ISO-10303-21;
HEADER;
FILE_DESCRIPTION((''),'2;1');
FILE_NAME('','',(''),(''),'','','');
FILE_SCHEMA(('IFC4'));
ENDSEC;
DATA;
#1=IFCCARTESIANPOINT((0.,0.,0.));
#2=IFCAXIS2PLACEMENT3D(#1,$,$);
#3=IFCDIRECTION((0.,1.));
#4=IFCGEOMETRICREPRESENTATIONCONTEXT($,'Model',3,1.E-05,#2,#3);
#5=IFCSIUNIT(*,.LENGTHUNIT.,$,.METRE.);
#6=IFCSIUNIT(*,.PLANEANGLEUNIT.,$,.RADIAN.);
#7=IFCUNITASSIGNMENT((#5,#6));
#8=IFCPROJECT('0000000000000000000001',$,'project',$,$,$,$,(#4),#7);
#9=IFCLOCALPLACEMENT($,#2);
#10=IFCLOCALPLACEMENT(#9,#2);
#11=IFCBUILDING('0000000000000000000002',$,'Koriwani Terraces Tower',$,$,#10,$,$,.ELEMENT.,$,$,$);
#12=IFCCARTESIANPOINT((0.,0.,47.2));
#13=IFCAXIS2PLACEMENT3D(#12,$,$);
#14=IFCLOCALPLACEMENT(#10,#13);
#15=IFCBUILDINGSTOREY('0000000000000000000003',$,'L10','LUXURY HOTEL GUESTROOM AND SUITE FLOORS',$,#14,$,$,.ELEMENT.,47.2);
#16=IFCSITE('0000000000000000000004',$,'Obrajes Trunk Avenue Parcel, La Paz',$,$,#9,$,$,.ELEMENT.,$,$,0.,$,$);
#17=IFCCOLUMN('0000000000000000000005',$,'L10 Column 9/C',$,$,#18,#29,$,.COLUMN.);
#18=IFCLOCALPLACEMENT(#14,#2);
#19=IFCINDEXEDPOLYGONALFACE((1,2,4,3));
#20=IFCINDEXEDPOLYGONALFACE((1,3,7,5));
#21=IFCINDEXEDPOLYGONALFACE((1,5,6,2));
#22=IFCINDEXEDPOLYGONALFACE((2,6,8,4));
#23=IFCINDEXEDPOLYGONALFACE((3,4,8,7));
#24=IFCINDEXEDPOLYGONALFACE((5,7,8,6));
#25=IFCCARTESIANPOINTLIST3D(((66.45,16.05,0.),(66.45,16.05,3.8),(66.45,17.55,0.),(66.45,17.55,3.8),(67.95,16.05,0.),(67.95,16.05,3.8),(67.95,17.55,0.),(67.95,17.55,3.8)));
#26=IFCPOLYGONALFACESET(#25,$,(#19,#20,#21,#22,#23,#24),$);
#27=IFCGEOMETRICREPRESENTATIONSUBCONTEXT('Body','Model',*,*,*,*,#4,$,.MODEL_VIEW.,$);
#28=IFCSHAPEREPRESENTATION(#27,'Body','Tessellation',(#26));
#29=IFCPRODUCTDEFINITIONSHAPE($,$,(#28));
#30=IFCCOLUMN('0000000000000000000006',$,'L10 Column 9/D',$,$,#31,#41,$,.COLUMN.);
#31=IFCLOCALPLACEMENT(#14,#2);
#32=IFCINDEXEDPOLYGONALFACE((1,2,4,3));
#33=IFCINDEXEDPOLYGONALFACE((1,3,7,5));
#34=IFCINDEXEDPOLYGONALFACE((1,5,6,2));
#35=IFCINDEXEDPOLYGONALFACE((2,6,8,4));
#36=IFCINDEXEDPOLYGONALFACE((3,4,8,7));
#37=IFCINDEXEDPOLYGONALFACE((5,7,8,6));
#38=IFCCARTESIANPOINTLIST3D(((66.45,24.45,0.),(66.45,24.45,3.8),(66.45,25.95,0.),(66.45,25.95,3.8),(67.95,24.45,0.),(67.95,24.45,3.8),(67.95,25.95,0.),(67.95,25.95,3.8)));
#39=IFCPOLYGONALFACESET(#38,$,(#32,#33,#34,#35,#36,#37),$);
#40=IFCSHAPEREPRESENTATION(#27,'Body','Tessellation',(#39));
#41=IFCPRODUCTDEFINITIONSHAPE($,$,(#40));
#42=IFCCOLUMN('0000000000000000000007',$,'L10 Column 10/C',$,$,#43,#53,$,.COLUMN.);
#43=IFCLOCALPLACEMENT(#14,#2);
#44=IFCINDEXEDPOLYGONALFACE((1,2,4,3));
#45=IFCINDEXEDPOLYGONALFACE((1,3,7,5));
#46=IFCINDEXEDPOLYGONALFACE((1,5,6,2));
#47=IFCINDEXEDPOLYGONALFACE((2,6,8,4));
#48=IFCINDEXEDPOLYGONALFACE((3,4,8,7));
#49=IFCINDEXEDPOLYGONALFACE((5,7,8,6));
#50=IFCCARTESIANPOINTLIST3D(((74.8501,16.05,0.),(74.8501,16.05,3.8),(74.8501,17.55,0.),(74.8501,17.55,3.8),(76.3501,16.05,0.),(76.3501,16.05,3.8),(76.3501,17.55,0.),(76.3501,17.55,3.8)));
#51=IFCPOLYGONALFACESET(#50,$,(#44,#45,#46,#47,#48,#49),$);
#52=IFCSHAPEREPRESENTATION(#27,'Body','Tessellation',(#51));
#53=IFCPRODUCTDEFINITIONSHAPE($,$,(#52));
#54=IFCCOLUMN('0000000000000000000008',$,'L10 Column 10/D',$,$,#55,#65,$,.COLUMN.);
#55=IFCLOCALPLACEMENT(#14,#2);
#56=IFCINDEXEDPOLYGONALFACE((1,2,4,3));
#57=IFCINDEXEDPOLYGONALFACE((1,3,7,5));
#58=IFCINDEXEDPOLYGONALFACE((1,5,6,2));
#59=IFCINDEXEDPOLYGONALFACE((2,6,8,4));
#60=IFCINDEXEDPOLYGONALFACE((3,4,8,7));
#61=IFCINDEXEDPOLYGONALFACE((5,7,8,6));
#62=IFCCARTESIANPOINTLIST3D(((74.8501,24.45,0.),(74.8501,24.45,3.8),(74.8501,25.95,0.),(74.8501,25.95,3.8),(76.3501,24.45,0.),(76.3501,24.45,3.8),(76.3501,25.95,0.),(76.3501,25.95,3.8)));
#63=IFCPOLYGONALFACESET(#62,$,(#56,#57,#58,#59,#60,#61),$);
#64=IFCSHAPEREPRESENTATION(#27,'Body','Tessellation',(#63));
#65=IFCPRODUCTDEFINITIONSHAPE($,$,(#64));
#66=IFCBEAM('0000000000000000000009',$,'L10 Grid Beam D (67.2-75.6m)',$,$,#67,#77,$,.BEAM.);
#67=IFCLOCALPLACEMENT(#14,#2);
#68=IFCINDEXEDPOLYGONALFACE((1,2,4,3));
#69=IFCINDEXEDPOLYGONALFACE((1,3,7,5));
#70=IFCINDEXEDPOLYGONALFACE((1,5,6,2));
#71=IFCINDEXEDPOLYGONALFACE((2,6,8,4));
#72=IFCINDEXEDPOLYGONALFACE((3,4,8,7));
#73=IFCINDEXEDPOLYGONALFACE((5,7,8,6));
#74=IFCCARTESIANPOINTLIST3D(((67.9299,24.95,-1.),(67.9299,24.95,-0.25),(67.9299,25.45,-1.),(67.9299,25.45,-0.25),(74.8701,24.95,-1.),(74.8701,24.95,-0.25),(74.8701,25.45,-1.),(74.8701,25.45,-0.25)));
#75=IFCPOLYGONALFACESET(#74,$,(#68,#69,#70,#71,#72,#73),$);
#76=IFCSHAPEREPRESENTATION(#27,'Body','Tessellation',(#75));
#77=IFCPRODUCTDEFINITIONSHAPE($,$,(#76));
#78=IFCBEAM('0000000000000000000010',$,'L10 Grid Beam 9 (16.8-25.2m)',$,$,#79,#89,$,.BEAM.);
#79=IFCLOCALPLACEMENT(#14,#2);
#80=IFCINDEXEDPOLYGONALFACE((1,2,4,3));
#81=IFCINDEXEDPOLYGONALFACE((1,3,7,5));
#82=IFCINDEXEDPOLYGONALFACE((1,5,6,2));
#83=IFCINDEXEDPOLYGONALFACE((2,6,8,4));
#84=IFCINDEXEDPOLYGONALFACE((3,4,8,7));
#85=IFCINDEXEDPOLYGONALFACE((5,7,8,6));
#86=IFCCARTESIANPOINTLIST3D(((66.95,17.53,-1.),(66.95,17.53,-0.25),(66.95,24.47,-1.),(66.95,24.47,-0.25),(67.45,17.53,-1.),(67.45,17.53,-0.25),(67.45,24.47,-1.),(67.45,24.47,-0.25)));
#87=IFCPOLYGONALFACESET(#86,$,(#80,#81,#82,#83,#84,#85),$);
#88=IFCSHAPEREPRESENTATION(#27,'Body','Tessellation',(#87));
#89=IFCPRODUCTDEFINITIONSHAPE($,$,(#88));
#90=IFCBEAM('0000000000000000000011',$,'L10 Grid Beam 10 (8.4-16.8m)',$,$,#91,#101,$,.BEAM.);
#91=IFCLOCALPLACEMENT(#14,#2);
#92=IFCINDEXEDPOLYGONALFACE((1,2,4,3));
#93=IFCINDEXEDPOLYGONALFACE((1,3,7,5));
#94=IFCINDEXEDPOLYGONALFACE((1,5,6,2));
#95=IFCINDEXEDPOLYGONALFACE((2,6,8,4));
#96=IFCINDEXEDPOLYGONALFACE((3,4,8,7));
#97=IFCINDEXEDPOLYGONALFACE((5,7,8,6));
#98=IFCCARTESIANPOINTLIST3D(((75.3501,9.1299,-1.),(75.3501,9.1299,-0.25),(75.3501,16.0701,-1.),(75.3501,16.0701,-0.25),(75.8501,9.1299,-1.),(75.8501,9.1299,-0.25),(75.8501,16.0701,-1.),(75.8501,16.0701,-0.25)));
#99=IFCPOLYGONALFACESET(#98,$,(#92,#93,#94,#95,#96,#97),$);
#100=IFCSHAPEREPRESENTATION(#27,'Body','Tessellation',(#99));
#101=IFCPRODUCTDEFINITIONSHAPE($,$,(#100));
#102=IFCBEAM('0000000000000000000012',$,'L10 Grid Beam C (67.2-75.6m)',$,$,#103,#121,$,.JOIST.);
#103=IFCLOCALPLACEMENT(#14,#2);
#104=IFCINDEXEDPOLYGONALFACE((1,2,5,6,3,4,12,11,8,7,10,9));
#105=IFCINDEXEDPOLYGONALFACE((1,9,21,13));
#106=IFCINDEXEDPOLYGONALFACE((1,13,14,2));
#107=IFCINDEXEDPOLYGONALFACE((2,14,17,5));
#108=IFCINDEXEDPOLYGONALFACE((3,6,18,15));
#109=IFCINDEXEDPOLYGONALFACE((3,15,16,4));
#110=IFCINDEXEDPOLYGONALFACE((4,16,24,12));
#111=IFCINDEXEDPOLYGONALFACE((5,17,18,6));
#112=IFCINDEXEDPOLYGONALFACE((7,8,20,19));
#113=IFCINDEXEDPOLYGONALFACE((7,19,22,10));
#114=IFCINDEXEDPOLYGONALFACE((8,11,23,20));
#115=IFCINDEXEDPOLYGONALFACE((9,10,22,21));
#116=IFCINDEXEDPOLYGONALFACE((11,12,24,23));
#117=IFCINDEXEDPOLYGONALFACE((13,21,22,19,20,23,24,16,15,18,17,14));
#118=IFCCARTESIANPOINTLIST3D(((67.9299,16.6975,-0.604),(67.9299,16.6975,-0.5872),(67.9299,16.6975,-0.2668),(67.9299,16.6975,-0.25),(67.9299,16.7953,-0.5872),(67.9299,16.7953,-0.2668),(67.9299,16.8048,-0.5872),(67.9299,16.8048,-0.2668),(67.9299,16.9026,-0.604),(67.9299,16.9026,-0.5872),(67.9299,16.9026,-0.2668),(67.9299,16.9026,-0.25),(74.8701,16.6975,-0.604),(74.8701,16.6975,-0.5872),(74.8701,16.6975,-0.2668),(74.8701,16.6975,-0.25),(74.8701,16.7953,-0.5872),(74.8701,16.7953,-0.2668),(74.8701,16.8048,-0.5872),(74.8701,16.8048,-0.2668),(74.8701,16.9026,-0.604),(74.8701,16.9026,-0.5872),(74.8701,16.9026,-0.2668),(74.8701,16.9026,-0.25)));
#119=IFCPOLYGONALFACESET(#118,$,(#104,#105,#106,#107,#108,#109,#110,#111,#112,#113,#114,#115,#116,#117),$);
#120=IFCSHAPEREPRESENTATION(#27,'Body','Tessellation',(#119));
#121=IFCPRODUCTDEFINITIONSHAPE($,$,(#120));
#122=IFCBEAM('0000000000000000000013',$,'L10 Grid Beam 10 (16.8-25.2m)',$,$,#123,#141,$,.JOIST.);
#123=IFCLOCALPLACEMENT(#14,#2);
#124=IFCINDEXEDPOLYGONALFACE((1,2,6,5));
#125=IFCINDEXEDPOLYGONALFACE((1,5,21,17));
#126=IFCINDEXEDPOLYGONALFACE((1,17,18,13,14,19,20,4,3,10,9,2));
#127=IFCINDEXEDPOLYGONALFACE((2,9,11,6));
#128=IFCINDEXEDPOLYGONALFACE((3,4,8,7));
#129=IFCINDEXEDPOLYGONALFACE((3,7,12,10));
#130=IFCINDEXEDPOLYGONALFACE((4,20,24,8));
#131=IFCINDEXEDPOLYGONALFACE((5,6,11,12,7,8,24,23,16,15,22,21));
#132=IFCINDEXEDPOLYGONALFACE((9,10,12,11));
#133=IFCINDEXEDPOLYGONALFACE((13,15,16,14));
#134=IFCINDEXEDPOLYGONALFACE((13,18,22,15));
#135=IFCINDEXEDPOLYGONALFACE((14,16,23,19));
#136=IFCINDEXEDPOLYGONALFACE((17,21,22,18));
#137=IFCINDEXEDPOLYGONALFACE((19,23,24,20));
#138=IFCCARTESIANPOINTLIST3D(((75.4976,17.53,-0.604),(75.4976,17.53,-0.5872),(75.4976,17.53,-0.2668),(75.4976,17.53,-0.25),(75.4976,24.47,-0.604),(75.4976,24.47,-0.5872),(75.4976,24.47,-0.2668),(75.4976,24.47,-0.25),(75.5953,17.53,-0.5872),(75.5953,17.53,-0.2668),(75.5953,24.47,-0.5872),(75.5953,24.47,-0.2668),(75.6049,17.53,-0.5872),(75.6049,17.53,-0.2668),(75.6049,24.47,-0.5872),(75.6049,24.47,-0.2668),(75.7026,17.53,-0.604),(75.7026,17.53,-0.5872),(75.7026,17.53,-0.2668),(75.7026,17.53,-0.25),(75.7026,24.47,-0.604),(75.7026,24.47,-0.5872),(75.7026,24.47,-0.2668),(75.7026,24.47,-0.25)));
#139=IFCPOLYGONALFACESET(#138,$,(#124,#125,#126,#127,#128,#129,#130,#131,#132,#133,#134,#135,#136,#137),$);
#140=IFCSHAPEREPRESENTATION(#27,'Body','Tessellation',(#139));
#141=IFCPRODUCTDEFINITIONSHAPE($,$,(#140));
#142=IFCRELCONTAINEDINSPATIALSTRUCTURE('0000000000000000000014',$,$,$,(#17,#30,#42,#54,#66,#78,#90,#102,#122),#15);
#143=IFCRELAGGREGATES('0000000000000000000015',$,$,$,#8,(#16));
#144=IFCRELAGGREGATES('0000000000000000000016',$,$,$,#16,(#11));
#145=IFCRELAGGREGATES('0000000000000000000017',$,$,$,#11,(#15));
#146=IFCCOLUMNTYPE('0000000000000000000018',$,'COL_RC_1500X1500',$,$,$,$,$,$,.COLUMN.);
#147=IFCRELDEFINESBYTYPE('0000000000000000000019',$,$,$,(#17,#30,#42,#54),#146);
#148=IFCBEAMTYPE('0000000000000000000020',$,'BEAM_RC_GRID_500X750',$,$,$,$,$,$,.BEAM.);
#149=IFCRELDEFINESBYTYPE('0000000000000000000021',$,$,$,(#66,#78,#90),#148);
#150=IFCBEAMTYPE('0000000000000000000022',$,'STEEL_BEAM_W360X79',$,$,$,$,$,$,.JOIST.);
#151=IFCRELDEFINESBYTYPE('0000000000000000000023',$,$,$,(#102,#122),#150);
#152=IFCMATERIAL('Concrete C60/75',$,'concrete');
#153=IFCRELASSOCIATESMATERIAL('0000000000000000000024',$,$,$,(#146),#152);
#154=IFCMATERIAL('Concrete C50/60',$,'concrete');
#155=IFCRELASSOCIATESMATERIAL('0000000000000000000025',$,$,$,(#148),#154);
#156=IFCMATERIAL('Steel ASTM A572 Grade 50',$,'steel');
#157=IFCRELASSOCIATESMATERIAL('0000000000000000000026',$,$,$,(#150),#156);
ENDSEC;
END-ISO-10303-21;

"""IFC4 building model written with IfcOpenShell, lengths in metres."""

from ifc_helpers import new_model, si_unit, direction, frame, origin, origin_2d, place, context, subcontext, project, spatial, rectangle, i_section, extrude, material, material_profile, profile_set, type_object, element, save


model = new_model("IFC4")

# Units and contexts
model_context = context("Model", 3, precision=1e-05, world=origin(), true_north=direction((0.0, 1.0)))
body_context = subcontext(model_context, "Body", "Model", "MODEL_VIEW")
ifc_project = project(units=[si_unit("LENGTHUNIT", "METRE"), si_unit("PLANEANGLEUNIT", "RADIAN")], contexts=[model_context])

# Site, building, storey
site_placement = place(None, origin())
site = spatial("IfcSite", under=ifc_project, at=site_placement, Name="Obrajes Trunk Avenue Parcel, La Paz", CompositionType="ELEMENT", RefElevation=0.0)
building_placement = place(site_placement, origin())
building = spatial("IfcBuilding", under=site, at=building_placement, Name="Koriwani Terraces Tower", CompositionType="ELEMENT")
storey_placement = place(building_placement, frame((0.0, 0.0, 47.2)))
storey = spatial("IfcBuildingStorey", under=building, at=storey_placement, Name="L10", Description="LUXURY HOTEL GUESTROOM AND SUITE FLOORS", CompositionType="ELEMENT", Elevation=47.2)

# Columns
ifc_material_1 = material(Name="Concrete C60/75", Category="concrete")
ifc_material_profile_1 = material_profile(ifc_material_1, rectangle(XDim=1.5, YDim=1.5, at=origin_2d()), Name="Concrete C60/75", Category="LoadBearing")
ifc_profile_set_1 = profile_set([ifc_material_profile_1], Name="Concrete C60/75")
column_type = type_object("IfcColumnType", Name="COL_RC_1500X1500", PredefinedType="COLUMN", material=ifc_profile_set_1)
for number, where, z_axis, x_axis, name in (
    (1, (67.2, 16.8, 0.0), (0.0, 0.0, 1.0), (1.0, 0.0, 0.0), "L10 Column 9/C"),
    (2, (67.2, 25.2, 0.0), (0.0, 0.0, 1.0), (1.0, 0.0, 0.0), "L10 Column 9/D"),
    (3, (75.6001, 16.8, 0.0), (0.0, 0.0, 1.0), (1.0, 0.0, 0.0), "L10 Column 10/C"),
    (4, (75.6001, 25.2, 0.0), (0.0, 0.0, 1.0), (1.0, 0.0, 0.0), "L10 Column 10/D"),
):
    element("IfcColumn", number, at=place(storey_placement, frame(where, z_axis=z_axis, x_axis=x_axis)), inside=storey, type_object=column_type, Name=name, PredefinedType="COLUMN", context=body_context, shape_type="SweptSolid", body=[
        extrude(rectangle(XDim=1.5, YDim=1.5, at=origin_2d()), origin(), (0.0, 0.0, 1.0), 3.8),
    ])

# Beams
ifc_material_2 = material(Name="Concrete C50/60", Category="concrete")
ifc_material_profile_2 = material_profile(ifc_material_2, rectangle(XDim=0.5, YDim=0.75, at=origin_2d()), Name="Concrete C50/60", Category="LoadBearing")
ifc_profile_set_2 = profile_set([ifc_material_profile_2], Name="Concrete C50/60")
beam_type_1 = type_object("IfcBeamType", Name="BEAM_RC_GRID_500X750", PredefinedType="BEAM", material=ifc_profile_set_2)
beam_1_placement = place(storey_placement, frame((67.9299, 25.2, -0.625), z_axis=(1.0, 0.0, 0.0), x_axis=(0.0, 1.0, 0.0)))
element("IfcBeam", 5, at=beam_1_placement, inside=storey, type_object=beam_type_1, Name="L10 Grid Beam D (67.2-75.6m)", PredefinedType="BEAM", context=body_context, shape_type="SweptSolid", body=[
    extrude(rectangle(XDim=0.5, YDim=0.75, at=origin_2d()), origin(), (0.0, 0.0, 1.0), 6.9402),
])
beam_2_placement = place(storey_placement, frame((67.2, 17.53, -0.625), z_axis=(0.0, 1.0, 0.0), x_axis=(-1.0, 0.0, 0.0)))
element("IfcBeam", 6, at=beam_2_placement, inside=storey, type_object=beam_type_1, Name="L10 Grid Beam 9 (16.8-25.2m)", PredefinedType="BEAM", context=body_context, shape_type="SweptSolid", body=[
    extrude(rectangle(XDim=0.5, YDim=0.75, at=origin_2d()), origin(), (0.0, 0.0, 1.0), 6.9399),
])
beam_3_placement = place(storey_placement, frame((75.6001, 9.1299, -0.625), z_axis=(0.0, 1.0, 0.0), x_axis=(-1.0, 0.0, 0.0)))
element("IfcBeam", 7, at=beam_3_placement, inside=storey, type_object=beam_type_1, Name="L10 Grid Beam 10 (8.4-16.8m)", PredefinedType="BEAM", context=body_context, shape_type="SweptSolid", body=[
    extrude(rectangle(XDim=0.5, YDim=0.75, at=origin_2d()), origin(), (0.0, 0.0, 1.0), 6.9402),
])
ifc_material_3 = material(Name="Steel ASTM A572 Grade 50", Category="steel")
ifc_material_profile_3 = material_profile(ifc_material_3, i_section(OverallWidth=0.2051, OverallDepth=0.354, WebThickness=0.0095, FlangeThickness=0.0168, at=origin_2d()), Name="Steel ASTM A572 Grade 50", Category="LoadBearing")
ifc_profile_set_3 = profile_set([ifc_material_profile_3], Name="Steel ASTM A572 Grade 50")
beam_type_2 = type_object("IfcBeamType", Name="STEEL_BEAM_W360X79", PredefinedType="JOIST", material=ifc_profile_set_3)
beam_4_placement = place(storey_placement, frame((67.9299, 16.8, -0.427), z_axis=(1.0, 0.0, 0.0), x_axis=(0.0, 1.0, 0.0)))
element("IfcBeam", 8, at=beam_4_placement, inside=storey, type_object=beam_type_2, Name="L10 Grid Beam C (67.2-75.6m)", PredefinedType="JOIST", context=body_context, shape_type="SweptSolid", body=[
    extrude(i_section(OverallWidth=0.2051, OverallDepth=0.354, WebThickness=0.0095, FlangeThickness=0.0168, at=origin_2d()), origin(), (0.0, 0.0, 1.0), 6.9402),
])
beam_5_placement = place(storey_placement, frame((75.6001, 17.53, -0.427), z_axis=(0.0, 1.0, 0.0), x_axis=(-1.0, 0.0, 0.0)))
element("IfcBeam", 9, at=beam_5_placement, inside=storey, type_object=beam_type_2, Name="L10 Grid Beam 10 (16.8-25.2m)", PredefinedType="JOIST", context=body_context, shape_type="SweptSolid", body=[
    extrude(i_section(OverallWidth=0.2051, OverallDepth=0.354, WebThickness=0.0095, FlangeThickness=0.0168, at=origin_2d()), origin(), (0.0, 0.0, 1.0), 6.9399),
])

save(model, "model.ifc")
